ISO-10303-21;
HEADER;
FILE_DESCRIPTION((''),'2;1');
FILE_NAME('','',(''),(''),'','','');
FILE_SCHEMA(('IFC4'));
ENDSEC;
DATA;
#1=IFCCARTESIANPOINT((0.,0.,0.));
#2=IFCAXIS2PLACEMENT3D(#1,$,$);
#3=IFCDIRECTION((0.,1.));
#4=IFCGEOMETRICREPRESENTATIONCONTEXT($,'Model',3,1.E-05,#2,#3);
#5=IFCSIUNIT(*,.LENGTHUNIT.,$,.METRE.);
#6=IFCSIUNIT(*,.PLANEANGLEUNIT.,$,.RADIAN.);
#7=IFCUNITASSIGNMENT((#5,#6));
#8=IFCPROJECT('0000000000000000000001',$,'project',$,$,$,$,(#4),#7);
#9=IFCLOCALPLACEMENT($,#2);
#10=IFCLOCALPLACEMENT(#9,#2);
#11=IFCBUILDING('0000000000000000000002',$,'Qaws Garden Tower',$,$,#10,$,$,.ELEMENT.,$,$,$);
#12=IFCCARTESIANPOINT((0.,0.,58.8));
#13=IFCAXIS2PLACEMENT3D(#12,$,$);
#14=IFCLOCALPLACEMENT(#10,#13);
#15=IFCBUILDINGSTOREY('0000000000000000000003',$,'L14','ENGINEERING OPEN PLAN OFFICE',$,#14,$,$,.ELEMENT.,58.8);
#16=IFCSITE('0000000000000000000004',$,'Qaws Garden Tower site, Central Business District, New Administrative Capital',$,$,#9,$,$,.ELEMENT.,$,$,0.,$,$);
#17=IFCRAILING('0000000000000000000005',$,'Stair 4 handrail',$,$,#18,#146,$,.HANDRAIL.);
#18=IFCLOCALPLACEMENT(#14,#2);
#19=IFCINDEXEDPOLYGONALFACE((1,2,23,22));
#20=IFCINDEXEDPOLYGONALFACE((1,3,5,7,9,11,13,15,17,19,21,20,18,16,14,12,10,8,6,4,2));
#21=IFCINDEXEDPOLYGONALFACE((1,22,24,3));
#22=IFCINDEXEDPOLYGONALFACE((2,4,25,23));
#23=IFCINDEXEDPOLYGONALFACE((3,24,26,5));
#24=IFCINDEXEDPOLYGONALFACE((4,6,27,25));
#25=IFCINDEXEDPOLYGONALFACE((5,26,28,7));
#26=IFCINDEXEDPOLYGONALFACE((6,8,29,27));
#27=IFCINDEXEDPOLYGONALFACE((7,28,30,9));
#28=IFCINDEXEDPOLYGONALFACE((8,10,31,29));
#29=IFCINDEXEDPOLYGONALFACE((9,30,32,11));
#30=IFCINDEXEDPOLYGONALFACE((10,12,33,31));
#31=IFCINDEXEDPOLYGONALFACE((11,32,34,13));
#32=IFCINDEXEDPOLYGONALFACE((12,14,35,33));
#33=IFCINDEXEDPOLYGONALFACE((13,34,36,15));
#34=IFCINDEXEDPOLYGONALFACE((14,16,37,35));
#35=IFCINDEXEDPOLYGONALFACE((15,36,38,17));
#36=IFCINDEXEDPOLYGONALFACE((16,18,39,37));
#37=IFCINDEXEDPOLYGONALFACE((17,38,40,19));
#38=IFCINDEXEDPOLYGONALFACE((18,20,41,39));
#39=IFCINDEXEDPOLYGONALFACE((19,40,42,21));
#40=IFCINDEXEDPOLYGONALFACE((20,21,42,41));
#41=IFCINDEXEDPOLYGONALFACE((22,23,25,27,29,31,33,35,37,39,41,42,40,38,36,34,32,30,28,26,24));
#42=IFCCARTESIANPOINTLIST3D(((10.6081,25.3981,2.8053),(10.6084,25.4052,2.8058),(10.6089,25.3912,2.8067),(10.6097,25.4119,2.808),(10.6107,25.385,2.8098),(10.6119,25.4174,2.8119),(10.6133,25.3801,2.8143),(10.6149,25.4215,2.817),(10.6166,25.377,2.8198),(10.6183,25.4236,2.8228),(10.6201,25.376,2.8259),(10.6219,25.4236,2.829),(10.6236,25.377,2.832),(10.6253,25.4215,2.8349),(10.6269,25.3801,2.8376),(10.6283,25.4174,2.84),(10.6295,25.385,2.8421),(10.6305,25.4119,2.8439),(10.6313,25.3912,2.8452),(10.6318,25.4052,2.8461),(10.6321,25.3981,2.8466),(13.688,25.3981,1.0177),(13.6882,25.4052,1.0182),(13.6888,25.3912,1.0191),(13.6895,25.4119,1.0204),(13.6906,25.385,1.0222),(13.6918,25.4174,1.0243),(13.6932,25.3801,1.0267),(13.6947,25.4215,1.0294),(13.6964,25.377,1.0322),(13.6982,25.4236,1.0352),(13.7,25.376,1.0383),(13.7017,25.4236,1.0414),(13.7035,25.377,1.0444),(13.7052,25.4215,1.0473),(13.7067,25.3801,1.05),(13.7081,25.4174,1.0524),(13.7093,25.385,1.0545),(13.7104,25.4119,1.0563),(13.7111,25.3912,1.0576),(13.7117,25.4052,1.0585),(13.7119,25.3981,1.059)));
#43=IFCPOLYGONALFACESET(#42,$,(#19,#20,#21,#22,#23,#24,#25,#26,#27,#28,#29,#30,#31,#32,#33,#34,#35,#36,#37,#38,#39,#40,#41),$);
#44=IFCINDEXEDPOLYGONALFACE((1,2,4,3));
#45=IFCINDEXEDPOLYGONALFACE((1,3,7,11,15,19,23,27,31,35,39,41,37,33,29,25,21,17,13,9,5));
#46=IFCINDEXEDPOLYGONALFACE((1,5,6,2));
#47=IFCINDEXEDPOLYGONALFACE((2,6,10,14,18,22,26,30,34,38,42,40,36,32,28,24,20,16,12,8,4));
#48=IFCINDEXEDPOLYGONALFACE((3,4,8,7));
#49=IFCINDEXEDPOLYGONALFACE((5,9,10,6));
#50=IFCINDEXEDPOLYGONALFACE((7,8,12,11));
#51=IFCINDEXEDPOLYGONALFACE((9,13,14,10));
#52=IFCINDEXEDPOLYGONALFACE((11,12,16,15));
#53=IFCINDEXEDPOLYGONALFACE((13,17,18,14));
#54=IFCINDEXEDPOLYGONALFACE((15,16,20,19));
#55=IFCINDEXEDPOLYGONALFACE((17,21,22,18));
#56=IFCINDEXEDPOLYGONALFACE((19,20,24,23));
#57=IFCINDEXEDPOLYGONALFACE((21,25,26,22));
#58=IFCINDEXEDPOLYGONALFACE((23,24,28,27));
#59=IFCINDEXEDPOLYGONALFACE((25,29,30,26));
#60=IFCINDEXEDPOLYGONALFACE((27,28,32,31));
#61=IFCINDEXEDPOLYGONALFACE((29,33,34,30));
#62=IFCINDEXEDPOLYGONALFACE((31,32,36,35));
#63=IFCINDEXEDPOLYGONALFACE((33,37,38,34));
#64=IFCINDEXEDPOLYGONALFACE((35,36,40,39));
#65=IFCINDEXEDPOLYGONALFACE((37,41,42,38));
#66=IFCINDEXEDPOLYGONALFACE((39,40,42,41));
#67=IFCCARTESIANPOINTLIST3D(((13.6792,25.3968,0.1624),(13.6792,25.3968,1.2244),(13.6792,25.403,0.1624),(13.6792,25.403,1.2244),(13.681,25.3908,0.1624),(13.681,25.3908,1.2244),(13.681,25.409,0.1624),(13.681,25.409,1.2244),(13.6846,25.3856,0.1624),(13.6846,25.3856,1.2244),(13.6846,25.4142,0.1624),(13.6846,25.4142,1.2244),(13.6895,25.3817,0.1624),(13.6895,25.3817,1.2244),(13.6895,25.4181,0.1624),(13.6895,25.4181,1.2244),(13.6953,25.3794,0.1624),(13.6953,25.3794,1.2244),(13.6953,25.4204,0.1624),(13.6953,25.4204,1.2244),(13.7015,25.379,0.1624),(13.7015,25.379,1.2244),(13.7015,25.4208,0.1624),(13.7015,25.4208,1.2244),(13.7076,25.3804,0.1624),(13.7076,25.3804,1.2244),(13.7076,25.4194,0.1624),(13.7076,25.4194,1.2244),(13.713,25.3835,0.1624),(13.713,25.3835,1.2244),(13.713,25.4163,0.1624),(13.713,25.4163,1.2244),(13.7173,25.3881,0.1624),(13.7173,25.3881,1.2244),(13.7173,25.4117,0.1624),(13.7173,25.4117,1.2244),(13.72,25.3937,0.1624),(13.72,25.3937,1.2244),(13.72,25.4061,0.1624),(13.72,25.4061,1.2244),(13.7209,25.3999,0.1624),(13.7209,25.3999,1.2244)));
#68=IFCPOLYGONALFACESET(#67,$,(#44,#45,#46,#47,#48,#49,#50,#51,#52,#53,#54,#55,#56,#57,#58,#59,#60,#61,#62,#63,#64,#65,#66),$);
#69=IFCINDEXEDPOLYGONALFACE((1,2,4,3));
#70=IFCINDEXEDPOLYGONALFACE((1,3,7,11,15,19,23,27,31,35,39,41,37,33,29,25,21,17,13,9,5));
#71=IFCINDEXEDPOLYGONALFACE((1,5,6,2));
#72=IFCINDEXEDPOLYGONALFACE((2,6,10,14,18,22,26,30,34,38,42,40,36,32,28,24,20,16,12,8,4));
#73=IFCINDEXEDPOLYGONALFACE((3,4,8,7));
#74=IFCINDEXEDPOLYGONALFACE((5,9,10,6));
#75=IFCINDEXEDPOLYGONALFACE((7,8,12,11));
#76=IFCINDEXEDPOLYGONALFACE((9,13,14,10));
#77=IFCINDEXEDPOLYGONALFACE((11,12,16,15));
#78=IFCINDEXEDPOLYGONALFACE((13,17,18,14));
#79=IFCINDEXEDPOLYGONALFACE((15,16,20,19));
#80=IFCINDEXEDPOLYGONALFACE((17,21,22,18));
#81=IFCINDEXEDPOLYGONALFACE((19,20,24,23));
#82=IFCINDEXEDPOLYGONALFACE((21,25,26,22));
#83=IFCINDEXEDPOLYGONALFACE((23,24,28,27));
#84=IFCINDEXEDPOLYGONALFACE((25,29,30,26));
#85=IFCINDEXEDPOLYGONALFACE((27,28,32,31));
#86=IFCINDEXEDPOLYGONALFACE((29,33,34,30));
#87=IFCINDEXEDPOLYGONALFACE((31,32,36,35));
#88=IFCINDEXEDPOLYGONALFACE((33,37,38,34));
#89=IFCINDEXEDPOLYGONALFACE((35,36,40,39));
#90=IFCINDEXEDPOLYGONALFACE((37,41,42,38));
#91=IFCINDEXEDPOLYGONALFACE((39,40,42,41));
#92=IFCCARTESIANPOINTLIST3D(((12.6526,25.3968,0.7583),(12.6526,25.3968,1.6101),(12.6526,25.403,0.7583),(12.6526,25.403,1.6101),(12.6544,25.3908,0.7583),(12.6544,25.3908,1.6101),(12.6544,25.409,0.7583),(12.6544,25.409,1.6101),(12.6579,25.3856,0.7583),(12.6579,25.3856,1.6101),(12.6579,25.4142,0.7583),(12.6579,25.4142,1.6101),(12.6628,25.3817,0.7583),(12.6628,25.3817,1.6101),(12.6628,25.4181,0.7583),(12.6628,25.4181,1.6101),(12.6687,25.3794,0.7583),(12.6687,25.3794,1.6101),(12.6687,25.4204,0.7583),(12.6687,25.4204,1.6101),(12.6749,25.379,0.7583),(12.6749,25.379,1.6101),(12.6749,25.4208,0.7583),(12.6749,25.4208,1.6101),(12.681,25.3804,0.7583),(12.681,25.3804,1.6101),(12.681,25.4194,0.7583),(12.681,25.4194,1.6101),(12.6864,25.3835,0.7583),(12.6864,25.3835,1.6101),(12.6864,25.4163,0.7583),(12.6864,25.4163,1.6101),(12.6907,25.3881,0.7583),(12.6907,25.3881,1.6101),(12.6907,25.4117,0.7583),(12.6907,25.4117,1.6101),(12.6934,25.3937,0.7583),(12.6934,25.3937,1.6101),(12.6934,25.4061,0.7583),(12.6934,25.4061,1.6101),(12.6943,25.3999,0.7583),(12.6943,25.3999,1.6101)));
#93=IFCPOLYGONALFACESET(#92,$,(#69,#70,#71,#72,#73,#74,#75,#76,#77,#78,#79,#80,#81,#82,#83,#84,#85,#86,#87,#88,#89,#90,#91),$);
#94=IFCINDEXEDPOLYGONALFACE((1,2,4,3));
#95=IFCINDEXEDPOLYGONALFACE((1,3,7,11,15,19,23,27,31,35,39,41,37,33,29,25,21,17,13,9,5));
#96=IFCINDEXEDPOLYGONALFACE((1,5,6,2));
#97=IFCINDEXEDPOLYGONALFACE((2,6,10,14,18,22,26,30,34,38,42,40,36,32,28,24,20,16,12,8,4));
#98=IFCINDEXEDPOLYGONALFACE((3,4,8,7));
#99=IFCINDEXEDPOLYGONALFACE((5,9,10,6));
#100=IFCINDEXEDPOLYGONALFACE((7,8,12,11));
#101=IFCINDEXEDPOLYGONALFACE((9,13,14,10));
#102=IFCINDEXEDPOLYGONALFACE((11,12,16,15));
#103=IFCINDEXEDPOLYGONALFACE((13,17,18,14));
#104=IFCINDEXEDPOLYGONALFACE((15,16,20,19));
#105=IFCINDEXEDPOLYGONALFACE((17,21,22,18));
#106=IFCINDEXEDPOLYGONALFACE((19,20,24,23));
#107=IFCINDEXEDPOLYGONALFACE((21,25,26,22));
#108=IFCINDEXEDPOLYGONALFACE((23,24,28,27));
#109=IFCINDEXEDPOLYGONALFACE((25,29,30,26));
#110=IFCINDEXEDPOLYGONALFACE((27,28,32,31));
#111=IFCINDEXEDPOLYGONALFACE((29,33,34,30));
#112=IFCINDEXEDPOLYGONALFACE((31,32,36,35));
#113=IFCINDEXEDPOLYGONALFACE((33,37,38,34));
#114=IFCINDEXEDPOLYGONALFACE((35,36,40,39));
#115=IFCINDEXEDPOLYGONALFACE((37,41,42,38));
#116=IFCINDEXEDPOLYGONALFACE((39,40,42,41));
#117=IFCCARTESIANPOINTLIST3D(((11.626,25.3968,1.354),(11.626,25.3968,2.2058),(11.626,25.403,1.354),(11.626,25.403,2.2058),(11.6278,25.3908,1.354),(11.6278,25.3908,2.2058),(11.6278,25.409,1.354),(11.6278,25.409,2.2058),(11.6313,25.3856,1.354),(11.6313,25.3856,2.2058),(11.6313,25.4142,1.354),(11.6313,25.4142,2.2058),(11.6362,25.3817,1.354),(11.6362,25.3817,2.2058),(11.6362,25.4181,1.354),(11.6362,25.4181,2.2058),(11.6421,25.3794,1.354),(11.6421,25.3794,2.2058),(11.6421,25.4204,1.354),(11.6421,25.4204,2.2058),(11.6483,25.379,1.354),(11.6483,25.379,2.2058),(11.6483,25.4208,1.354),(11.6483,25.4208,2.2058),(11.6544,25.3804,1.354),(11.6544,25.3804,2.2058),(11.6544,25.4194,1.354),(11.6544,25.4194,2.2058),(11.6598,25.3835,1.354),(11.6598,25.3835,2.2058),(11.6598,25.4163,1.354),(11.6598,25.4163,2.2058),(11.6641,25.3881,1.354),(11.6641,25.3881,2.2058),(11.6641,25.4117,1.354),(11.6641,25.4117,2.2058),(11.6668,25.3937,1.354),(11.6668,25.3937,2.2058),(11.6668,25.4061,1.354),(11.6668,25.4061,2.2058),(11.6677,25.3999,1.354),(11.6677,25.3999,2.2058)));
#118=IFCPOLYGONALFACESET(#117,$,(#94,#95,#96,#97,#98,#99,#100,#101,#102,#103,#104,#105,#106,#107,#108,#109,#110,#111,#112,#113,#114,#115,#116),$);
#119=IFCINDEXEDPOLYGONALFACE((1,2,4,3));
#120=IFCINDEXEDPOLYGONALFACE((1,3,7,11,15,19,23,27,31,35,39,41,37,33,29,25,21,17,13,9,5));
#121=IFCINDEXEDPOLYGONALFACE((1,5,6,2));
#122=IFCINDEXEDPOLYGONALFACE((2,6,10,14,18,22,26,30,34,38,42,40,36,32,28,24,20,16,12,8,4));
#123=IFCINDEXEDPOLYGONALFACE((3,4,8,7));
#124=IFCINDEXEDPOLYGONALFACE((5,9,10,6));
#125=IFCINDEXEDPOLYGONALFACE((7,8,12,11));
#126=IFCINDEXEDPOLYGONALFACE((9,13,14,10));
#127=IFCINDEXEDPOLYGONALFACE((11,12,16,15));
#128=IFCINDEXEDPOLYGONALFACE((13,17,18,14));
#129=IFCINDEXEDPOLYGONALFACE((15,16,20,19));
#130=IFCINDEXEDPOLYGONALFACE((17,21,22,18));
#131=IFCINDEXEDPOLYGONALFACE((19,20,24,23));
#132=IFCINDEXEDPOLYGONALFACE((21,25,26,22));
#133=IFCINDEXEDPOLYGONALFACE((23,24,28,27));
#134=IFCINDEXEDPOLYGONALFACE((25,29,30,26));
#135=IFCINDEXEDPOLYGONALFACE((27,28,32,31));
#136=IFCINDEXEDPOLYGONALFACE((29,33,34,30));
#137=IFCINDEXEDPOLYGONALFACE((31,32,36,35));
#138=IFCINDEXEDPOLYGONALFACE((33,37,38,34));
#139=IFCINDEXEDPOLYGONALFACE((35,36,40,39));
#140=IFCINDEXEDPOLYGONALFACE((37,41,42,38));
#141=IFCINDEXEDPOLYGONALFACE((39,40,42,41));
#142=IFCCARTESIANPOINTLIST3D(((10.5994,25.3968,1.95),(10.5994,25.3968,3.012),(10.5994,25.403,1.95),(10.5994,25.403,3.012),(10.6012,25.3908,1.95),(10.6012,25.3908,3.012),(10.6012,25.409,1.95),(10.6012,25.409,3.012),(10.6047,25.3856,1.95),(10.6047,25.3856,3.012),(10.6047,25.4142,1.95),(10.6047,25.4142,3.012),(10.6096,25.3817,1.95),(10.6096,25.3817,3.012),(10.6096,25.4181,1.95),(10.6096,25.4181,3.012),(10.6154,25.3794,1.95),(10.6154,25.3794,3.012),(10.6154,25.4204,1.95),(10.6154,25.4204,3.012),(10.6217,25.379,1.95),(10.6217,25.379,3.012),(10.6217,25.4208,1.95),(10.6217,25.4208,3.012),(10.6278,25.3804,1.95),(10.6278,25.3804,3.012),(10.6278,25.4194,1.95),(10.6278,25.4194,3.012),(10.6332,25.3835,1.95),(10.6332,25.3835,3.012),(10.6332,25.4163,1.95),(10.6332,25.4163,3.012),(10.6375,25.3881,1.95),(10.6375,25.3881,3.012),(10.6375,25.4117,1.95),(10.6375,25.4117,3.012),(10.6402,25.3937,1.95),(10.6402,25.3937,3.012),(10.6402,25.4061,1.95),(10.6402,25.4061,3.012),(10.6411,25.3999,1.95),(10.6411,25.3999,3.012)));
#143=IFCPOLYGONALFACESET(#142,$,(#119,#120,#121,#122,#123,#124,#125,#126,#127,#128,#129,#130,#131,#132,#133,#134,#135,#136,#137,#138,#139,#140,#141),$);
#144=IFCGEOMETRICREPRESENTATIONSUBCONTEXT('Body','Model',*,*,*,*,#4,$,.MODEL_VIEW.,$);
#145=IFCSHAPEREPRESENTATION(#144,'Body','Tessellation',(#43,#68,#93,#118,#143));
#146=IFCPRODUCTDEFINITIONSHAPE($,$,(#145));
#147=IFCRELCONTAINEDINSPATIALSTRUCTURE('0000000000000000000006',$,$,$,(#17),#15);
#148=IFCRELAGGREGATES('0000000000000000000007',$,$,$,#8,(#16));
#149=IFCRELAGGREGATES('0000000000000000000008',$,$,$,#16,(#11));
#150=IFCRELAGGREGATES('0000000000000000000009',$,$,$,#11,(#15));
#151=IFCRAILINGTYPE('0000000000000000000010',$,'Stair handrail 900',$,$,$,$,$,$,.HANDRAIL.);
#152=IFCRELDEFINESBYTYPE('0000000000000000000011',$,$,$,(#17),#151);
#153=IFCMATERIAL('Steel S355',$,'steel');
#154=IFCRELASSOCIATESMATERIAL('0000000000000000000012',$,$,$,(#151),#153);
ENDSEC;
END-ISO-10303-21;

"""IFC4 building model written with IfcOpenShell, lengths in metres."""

from ifc_helpers import new_model, si_unit, direction, frame, origin, origin_2d, place, context, subcontext, project, spatial, circle, extrude, material, type_object, element, save


model = new_model("IFC4")

# Units and contexts
model_context = context("Model", 3, precision=1e-05, world=origin(), true_north=direction((0.0, 1.0)))
body_context = subcontext(model_context, "Body", "Model", "MODEL_VIEW")
ifc_project = project(units=[si_unit("LENGTHUNIT", "METRE"), si_unit("PLANEANGLEUNIT", "RADIAN")], contexts=[model_context])

# Site, building, storey
site_placement = place(None, origin())
site = spatial("IfcSite", under=ifc_project, at=site_placement, Name="Qaws Garden Tower site, Central Business District, New Administrative Capital", CompositionType="ELEMENT", RefElevation=0.0)
building_placement = place(site_placement, origin())
building = spatial("IfcBuilding", under=site, at=building_placement, Name="Qaws Garden Tower", CompositionType="ELEMENT")
storey_placement = place(building_placement, frame((0.0, 0.0, 58.8)))
storey = spatial("IfcBuildingStorey", under=building, at=storey_placement, Name="L14", Description="ENGINEERING OPEN PLAN OFFICE", CompositionType="ELEMENT", Elevation=58.8)

# Railing
ifc_material_1 = material(Name="Steel S355", Category="steel")
railing_type = type_object("IfcRailingType", Name="Stair handrail 900", PredefinedType="HANDRAIL", material=ifc_material_1)
railing_1_placement = place(storey_placement, frame((13.7, 25.3999, 0.1624)))
element("IfcRailing", 1, at=railing_1_placement, inside=storey, type_object=railing_type, Name="Stair 4 handrail", PredefinedType="HANDRAIL", context=body_context, shape_type="SweptSolid", body=[
    extrude(circle(Radius=0.0239, at=origin_2d()), frame((0.0, 0.0, 0.876), z_axis=(-0.864873, 0.0, 0.50199), x_axis=(0.0, -1.0, 0.0)), (0.0, 0.0, 1.0), 3.561),
    extrude(circle(Radius=0.021, at=origin_2d()), origin(), (0.0, 0.0, 1.0), 1.062),
    extrude(circle(Radius=0.021, at=origin_2d()), frame((-1.0266, 0.0, 0.5959)), (0.0, 0.0, 1.0), 0.8518),
    extrude(circle(Radius=0.021, at=origin_2d()), frame((-2.0532, 0.0, 1.1917)), (0.0, 0.0, 1.0), 0.8518),
    extrude(circle(Radius=0.021, at=origin_2d()), frame((-3.0798, 0.0, 1.7876)), (0.0, 0.0, 1.0), 1.062),
])

save(model, "model.ifc")
